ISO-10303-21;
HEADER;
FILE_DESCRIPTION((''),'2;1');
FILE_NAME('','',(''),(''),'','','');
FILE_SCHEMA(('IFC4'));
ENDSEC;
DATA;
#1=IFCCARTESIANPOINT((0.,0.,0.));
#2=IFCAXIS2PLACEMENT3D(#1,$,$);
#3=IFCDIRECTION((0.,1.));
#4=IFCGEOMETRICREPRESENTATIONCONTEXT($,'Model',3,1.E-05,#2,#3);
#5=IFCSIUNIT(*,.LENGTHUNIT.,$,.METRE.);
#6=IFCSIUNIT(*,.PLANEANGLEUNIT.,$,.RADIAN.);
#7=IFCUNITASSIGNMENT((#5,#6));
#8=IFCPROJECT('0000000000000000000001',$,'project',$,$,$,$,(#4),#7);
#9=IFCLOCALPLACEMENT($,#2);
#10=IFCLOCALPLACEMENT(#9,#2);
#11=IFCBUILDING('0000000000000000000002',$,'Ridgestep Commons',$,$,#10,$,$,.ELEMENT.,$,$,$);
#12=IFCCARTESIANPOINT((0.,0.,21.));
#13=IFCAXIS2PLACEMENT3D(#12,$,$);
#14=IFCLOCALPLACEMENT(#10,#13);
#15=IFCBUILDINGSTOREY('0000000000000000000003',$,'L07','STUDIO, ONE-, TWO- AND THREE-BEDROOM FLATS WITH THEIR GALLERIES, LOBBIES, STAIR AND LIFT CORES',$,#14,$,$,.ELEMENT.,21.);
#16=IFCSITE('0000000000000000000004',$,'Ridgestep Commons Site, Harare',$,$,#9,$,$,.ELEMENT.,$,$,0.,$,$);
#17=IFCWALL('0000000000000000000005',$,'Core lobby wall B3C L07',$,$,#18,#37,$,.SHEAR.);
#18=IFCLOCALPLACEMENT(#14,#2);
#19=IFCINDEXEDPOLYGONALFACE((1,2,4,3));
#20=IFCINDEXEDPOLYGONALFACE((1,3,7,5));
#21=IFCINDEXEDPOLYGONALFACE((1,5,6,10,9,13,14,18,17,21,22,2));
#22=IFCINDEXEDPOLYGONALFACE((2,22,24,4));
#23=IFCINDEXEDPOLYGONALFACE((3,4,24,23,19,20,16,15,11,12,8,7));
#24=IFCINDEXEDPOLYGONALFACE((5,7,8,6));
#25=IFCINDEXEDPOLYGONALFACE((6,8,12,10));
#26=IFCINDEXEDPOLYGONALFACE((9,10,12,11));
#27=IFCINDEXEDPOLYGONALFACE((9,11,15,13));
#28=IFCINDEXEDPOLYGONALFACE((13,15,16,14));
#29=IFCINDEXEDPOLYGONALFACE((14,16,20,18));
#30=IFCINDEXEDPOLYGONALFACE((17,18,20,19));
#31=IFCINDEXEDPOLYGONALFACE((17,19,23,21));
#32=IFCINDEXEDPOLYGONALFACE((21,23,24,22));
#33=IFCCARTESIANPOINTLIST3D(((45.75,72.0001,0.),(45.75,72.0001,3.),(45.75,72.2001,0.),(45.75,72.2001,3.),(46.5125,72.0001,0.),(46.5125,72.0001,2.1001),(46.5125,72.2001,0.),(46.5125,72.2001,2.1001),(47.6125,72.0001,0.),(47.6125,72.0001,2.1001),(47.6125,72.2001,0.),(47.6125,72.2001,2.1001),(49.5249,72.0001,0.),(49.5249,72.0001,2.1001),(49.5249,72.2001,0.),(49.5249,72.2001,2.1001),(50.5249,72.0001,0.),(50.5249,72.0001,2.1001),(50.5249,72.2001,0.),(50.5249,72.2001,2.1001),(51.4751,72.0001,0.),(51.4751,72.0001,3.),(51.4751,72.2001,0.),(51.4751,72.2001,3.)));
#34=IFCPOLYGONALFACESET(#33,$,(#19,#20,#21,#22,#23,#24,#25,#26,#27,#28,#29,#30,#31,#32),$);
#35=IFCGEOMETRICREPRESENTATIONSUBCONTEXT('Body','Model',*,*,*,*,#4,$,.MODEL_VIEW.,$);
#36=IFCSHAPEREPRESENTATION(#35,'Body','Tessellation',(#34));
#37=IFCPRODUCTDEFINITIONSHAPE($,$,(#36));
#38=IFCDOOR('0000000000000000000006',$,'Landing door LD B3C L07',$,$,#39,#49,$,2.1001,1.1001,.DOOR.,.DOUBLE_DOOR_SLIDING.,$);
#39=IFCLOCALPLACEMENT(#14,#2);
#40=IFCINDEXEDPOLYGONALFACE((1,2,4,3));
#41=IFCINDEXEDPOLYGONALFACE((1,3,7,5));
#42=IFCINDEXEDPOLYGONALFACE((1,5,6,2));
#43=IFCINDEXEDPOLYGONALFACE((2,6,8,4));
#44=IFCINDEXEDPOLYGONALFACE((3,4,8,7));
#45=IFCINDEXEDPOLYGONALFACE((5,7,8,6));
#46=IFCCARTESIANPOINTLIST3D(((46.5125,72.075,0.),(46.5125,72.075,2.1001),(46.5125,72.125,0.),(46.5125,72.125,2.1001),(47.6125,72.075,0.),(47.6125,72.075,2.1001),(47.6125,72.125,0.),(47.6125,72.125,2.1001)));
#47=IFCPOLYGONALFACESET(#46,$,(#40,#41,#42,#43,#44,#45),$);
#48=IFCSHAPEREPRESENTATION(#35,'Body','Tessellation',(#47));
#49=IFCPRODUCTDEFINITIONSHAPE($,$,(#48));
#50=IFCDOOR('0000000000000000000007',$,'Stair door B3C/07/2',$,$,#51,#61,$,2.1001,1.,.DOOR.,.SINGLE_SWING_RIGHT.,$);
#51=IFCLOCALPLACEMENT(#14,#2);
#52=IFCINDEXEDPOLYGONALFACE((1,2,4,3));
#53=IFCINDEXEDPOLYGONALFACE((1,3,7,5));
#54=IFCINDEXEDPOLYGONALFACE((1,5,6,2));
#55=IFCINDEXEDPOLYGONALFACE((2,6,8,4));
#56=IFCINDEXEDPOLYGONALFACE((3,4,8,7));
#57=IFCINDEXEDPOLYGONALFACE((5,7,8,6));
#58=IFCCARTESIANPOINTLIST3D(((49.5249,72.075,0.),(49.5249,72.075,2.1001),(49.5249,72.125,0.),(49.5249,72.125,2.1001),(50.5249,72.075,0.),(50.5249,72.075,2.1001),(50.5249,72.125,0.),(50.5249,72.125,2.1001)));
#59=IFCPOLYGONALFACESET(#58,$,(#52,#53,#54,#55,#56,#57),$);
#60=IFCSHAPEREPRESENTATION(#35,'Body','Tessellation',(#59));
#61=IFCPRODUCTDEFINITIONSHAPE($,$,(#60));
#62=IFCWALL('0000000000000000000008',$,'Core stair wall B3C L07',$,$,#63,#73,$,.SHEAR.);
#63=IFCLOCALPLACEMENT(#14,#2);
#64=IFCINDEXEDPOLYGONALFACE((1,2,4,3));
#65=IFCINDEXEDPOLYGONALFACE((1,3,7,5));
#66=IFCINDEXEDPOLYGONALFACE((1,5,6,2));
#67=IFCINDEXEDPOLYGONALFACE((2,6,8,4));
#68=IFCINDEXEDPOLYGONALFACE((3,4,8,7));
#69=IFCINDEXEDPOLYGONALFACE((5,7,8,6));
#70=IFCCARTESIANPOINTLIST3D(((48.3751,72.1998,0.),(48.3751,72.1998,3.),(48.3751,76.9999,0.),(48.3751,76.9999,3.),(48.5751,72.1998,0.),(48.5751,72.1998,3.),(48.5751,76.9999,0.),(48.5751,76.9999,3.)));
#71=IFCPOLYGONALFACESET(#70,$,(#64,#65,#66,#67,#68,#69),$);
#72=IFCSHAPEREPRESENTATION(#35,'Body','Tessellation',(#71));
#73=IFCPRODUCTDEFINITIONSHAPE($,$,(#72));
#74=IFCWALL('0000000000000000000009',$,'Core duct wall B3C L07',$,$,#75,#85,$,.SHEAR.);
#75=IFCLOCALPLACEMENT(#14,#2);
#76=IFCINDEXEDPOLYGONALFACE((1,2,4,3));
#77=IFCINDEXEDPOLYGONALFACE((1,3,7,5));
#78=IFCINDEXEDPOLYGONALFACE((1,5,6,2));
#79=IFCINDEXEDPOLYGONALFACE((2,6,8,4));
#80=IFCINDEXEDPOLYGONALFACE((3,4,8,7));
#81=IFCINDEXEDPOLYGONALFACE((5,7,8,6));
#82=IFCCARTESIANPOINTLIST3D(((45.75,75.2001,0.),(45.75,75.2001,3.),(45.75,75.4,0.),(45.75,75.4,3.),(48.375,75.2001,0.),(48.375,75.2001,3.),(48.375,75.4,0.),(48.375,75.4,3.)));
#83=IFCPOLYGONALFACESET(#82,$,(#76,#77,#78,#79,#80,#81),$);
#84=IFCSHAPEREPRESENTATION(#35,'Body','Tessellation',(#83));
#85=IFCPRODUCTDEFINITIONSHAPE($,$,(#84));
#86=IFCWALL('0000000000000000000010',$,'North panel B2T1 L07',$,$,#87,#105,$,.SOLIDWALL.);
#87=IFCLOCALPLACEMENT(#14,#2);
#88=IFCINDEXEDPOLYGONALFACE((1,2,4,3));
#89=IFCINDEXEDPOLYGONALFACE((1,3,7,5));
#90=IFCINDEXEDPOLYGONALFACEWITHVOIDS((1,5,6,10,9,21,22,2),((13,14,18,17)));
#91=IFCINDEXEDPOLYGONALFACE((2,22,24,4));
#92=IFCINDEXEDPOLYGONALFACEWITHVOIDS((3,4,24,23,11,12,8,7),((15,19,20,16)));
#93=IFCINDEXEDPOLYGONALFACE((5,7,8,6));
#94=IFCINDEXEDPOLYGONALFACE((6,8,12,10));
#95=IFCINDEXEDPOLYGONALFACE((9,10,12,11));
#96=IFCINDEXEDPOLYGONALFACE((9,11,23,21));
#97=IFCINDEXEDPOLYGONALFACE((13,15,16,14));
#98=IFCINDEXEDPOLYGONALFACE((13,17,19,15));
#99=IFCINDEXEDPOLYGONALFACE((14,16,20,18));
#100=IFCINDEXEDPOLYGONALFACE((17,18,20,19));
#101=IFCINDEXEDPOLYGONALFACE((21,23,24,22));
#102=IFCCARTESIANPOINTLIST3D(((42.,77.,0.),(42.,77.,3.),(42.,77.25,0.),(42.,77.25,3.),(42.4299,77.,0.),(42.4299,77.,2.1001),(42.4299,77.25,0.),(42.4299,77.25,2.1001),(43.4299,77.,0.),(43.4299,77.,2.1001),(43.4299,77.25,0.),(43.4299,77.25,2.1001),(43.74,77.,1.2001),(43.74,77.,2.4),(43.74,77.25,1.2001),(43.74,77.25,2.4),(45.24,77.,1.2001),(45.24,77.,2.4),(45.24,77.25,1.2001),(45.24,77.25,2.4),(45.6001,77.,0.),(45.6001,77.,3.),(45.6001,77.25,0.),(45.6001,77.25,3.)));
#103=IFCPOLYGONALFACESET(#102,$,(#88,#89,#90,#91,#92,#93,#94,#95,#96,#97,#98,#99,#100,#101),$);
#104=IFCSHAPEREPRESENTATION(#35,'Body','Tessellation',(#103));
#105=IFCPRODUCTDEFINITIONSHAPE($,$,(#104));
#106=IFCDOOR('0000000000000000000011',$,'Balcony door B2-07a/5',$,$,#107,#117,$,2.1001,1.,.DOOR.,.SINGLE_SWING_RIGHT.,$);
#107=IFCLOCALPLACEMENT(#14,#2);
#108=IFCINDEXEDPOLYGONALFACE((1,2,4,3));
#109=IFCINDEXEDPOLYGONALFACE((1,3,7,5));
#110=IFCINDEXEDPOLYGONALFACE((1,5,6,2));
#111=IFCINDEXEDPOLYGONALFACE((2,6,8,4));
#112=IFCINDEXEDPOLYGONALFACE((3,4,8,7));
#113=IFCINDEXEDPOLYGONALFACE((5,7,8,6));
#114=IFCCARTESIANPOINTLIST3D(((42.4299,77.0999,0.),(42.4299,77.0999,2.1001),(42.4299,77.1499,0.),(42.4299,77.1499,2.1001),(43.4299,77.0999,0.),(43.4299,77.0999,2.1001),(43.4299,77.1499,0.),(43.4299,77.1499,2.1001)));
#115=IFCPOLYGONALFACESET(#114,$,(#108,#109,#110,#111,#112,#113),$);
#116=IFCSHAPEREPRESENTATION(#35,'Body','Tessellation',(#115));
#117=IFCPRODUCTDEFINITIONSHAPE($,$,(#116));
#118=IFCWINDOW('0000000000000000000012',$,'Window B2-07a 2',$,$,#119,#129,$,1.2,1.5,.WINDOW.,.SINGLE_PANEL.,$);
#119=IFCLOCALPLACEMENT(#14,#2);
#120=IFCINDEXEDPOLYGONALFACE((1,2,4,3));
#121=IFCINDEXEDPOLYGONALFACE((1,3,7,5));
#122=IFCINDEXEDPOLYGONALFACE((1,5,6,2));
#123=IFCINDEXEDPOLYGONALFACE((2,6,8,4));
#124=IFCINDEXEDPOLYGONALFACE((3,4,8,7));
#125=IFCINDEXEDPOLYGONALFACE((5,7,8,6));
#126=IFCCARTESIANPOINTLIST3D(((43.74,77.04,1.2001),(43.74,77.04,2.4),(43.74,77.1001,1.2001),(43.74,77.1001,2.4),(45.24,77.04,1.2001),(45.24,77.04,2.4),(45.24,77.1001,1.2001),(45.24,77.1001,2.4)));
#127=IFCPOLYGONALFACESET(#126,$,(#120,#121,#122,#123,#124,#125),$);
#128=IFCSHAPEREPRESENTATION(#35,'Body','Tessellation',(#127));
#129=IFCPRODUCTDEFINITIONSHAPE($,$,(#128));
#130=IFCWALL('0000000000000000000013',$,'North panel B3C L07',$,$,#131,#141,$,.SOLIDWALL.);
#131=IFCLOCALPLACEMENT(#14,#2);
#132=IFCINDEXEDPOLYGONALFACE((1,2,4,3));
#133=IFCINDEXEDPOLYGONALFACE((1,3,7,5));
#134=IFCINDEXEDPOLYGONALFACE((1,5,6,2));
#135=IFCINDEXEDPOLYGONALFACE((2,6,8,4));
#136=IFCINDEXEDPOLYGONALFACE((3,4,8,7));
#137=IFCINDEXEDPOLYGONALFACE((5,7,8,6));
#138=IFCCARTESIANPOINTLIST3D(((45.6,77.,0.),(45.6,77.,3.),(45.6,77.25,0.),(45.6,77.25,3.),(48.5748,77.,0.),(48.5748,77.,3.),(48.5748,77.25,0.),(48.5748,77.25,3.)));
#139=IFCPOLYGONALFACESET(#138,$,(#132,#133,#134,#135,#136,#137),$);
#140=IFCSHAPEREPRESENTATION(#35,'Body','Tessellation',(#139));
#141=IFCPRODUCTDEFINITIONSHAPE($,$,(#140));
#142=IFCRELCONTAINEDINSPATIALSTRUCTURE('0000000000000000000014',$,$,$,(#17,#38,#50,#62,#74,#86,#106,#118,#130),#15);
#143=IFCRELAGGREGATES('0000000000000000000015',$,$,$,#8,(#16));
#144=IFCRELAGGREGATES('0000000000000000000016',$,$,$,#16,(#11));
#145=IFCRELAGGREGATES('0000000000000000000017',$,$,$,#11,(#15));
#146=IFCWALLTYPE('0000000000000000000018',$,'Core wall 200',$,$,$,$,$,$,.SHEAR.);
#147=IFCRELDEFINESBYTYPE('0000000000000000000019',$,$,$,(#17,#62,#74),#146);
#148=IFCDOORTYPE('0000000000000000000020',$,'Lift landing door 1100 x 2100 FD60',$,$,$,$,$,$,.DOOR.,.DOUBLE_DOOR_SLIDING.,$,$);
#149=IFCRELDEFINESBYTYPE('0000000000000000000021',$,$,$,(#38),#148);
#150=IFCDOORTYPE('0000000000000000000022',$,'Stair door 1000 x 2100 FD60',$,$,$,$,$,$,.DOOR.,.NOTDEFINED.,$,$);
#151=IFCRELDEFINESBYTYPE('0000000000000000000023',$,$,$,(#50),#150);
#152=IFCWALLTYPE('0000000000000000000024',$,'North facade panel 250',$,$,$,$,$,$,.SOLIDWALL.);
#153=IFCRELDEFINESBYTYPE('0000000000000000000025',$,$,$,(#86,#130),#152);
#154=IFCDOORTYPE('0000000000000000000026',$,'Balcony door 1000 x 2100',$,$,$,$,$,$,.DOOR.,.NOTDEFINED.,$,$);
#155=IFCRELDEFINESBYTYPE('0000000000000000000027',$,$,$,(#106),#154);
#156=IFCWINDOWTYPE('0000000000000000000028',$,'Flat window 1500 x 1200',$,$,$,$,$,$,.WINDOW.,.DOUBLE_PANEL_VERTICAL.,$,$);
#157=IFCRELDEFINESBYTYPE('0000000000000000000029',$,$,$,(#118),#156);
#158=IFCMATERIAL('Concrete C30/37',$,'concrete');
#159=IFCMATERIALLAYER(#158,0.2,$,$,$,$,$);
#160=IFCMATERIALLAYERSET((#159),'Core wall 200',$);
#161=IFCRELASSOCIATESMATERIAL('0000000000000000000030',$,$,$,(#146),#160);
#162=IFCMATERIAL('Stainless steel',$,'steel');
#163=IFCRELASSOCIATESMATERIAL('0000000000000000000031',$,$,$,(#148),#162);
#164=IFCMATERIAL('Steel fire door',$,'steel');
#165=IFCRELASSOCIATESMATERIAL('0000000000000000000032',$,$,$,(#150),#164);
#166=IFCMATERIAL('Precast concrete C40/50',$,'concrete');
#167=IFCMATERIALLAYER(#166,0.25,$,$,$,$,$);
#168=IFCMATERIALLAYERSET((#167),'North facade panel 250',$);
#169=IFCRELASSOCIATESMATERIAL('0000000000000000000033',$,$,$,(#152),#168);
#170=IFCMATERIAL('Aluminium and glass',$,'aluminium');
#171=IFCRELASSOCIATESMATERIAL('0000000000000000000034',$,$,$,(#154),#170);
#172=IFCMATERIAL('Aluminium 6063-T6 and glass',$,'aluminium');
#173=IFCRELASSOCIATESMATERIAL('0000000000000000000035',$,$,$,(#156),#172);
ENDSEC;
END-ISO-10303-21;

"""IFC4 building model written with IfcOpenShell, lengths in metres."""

from ifc_helpers import new_model, si_unit, direction, frame, frame_2d, origin, place, context, subcontext, project, spatial, rectangle, extrude, material, layer, layer_set, type_object, element, fill, save


model = new_model("IFC4")

# Units and contexts
model_context = context("Model", 3, precision=1e-05, world=origin(), true_north=direction((0.0, 1.0)))
body_context = subcontext(model_context, "Body", "Model", "MODEL_VIEW")
ifc_project = project(units=[si_unit("LENGTHUNIT", "METRE"), si_unit("PLANEANGLEUNIT", "RADIAN")], contexts=[model_context])

# Site, building, storey
site_placement = place(None, origin())
site = spatial("IfcSite", under=ifc_project, at=site_placement, Name="Ridgestep Commons Site, Harare", CompositionType="ELEMENT", RefElevation=0.0)
building_placement = place(site_placement, origin())
building = spatial("IfcBuilding", under=site, at=building_placement, Name="Ridgestep Commons", CompositionType="ELEMENT")
storey_placement = place(building_placement, frame((0.0, 0.0, 21.0)))
storey = spatial("IfcBuildingStorey", under=building, at=storey_placement, Name="L07", Description="STUDIO, ONE-, TWO- AND THREE-BEDROOM FLATS WITH THEIR GALLERIES, LOBBIES, STAIR AND LIFT CORES", CompositionType="ELEMENT", Elevation=21.0)

# Wall, openings, doors
ifc_material_1 = material(Name="Concrete C30/37", Category="concrete")
ifc_layer_1 = layer(ifc_material_1, 0.2)
ifc_layer_set_1 = layer_set([ifc_layer_1], Name="Core wall 200")
wall_type_1 = type_object("IfcWallType", Name="Core wall 200", PredefinedType="SHEAR", material=ifc_layer_set_1)
wall_1_placement = place(storey_placement, frame((45.75, 72.1001, 0.0), z_axis=(0.0, 0.0, 1.0), x_axis=(1.0, 0.0, 0.0)))
wall_1 = element("IfcWall", 1, at=wall_1_placement, inside=storey, type_object=wall_type_1, Name="Core lobby wall B3C L07", PredefinedType="SHEAR", context=body_context, shape_type="SweptSolid", body=[
    extrude(rectangle(XDim=5.7251, YDim=0.2, at=frame_2d((2.8625, 0.0))), origin(), (0.0, 0.0, 1.0), 3.0),
])
opening_1_placement = place(wall_1_placement, frame((3.7749, 0.0, 0.0)))
opening_1 = element("IfcOpeningElement", 2, at=opening_1_placement, cuts=wall_1, PredefinedType="OPENING", context=body_context, shape_type="SweptSolid", body=[
    extrude(rectangle(XDim=1.0, YDim=2.1001, at=frame_2d((0.5, 1.05))), frame((0.0, 0.1099, 0.0), z_axis=(0.0, -1.0, 0.0), x_axis=(1.0, 0.0, 0.0)), (0.0, 0.0, 1.0), 0.22),
])
opening_2_placement = place(wall_1_placement, frame((0.7625, 0.0, 0.0)))
opening_2 = element("IfcOpeningElement", 3, at=opening_2_placement, cuts=wall_1, PredefinedType="OPENING", context=body_context, shape_type="SweptSolid", body=[
    extrude(rectangle(XDim=1.1001, YDim=2.1001, at=frame_2d((0.55, 1.05))), frame((0.0, 0.1099, 0.0), z_axis=(0.0, -1.0, 0.0), x_axis=(1.0, 0.0, 0.0)), (0.0, 0.0, 1.0), 0.22),
])
ifc_material_2 = material(Name="Stainless steel", Category="steel")
door_type_1 = type_object("IfcDoorType", Name="Lift landing door 1100 x 2100 FD60", OperationType="DOUBLE_DOOR_SLIDING", PredefinedType="DOOR", material=ifc_material_2)
door_1_placement = place(opening_2_placement, origin())
door_1 = element("IfcDoor", 4, at=door_1_placement, inside=storey, type_object=door_type_1, Name="Landing door LD B3C L07", OperationType="DOUBLE_DOOR_SLIDING", OverallHeight=2.1001, OverallWidth=1.1001, PredefinedType="DOOR", context=body_context, shape_type="SweptSolid", body=[
    extrude(rectangle(XDim=1.1001, YDim=2.1001, at=frame_2d((0.55, 1.05))), frame((0.0, 0.0249, 0.0), z_axis=(0.0, -1.0, 0.0), x_axis=(1.0, 0.0, 0.0)), (0.0, 0.0, 1.0), 0.05),
])
fill(opening_2, door_1)
ifc_material_3 = material(Name="Steel fire door", Category="steel")
door_type_2 = type_object("IfcDoorType", Name="Stair door 1000 x 2100 FD60", OperationType="NOTDEFINED", PredefinedType="DOOR", material=ifc_material_3)
door_2_placement = place(opening_1_placement, origin())
door_2 = element("IfcDoor", 5, at=door_2_placement, inside=storey, type_object=door_type_2, Name="Stair door B3C/07/2", OperationType="SINGLE_SWING_RIGHT", OverallHeight=2.1001, OverallWidth=1.0, PredefinedType="DOOR", context=body_context, shape_type="SweptSolid", body=[
    extrude(rectangle(XDim=1.0, YDim=2.1001, at=frame_2d((0.5, 1.05))), frame((0.0, 0.0249, 0.0), z_axis=(0.0, -1.0, 0.0), x_axis=(1.0, 0.0, 0.0)), (0.0, 0.0, 1.0), 0.05),
])
fill(opening_1, door_2)

# Walls
wall_2_placement = place(storey_placement, frame((48.4751, 72.2, 0.0), z_axis=(0.0, 0.0, 1.0), x_axis=(0.0, 1.0, 0.0)))
element("IfcWall", 6, at=wall_2_placement, inside=storey, type_object=wall_type_1, Name="Core stair wall B3C L07", PredefinedType="SHEAR", context=body_context, shape_type="SweptSolid", body=[
    extrude(rectangle(XDim=4.8, YDim=0.2, at=frame_2d((2.3999, 0.0))), origin(), (0.0, 0.0, 1.0), 3.0),
])
wall_3_placement = place(storey_placement, frame((45.75, 75.3, 0.0), z_axis=(0.0, 0.0, 1.0), x_axis=(1.0, 0.0, 0.0)))
element("IfcWall", 7, at=wall_3_placement, inside=storey, type_object=wall_type_1, Name="Core duct wall B3C L07", PredefinedType="SHEAR", context=body_context, shape_type="SweptSolid", body=[
    extrude(rectangle(XDim=2.625, YDim=0.2, at=frame_2d((1.3125, 0.0))), origin(), (0.0, 0.0, 1.0), 3.0),
])

# Wall, openings, door, window
ifc_material_4 = material(Name="Precast concrete C40/50", Category="concrete")
ifc_layer_2 = layer(ifc_material_4, 0.25)
ifc_layer_set_2 = layer_set([ifc_layer_2], Name="North facade panel 250")
wall_type_2 = type_object("IfcWallType", Name="North facade panel 250", PredefinedType="SOLIDWALL", material=ifc_layer_set_2)
wall_4_placement = place(storey_placement, frame((42.0, 77.125, 0.0), z_axis=(0.0, 0.0, 1.0), x_axis=(1.0, 0.0, 0.0)))
wall_4 = element("IfcWall", 8, at=wall_4_placement, inside=storey, type_object=wall_type_2, Name="North panel B2T1 L07", PredefinedType="SOLIDWALL", context=body_context, shape_type="SweptSolid", body=[
    extrude(rectangle(XDim=3.6001, YDim=0.25, at=frame_2d((1.8, 0.0))), origin(), (0.0, 0.0, 1.0), 3.0),
])
opening_3_placement = place(wall_4_placement, frame((1.74, 0.0, 1.2)))
opening_3 = element("IfcOpeningElement", 9, at=opening_3_placement, cuts=wall_4, PredefinedType="OPENING", context=body_context, shape_type="SweptSolid", body=[
    extrude(rectangle(XDim=1.5, YDim=1.2, at=frame_2d((0.75, 0.6001))), frame((0.0, 0.135, 0.0), z_axis=(0.0, -1.0, 0.0), x_axis=(1.0, 0.0, 0.0)), (0.0, 0.0, 1.0), 0.27),
])
opening_4_placement = place(wall_4_placement, frame((0.4299, 0.0, 0.0)))
opening_4 = element("IfcOpeningElement", 10, at=opening_4_placement, cuts=wall_4, PredefinedType="OPENING", context=body_context, shape_type="SweptSolid", body=[
    extrude(rectangle(XDim=1.0, YDim=2.1001, at=frame_2d((0.5, 1.05))), frame((0.0, 0.135, 0.0), z_axis=(0.0, -1.0, 0.0), x_axis=(1.0, 0.0, 0.0)), (0.0, 0.0, 1.0), 0.27),
])
ifc_material_5 = material(Name="Aluminium and glass", Category="aluminium")
door_type_3 = type_object("IfcDoorType", Name="Balcony door 1000 x 2100", OperationType="NOTDEFINED", PredefinedType="DOOR", material=ifc_material_5)
door_3_placement = place(opening_4_placement, origin())
door_3 = element("IfcDoor", 11, at=door_3_placement, inside=storey, type_object=door_type_3, Name="Balcony door B2-07a/5", OperationType="SINGLE_SWING_RIGHT", OverallHeight=2.1001, OverallWidth=1.0, PredefinedType="DOOR", context=body_context, shape_type="SweptSolid", body=[
    extrude(rectangle(XDim=1.0, YDim=2.1001, at=frame_2d((0.5, 1.05))), frame((0.0, 0.0249, 0.0), z_axis=(0.0, -1.0, 0.0), x_axis=(1.0, 0.0, 0.0)), (0.0, 0.0, 1.0), 0.05),
])
fill(opening_4, door_3)
ifc_material_6 = material(Name="Aluminium 6063-T6 and glass", Category="aluminium")
window_type = type_object("IfcWindowType", Name="Flat window 1500 x 1200", PartitioningType="DOUBLE_PANEL_VERTICAL", PredefinedType="WINDOW", material=ifc_material_6)
window_placement = place(opening_3_placement, origin())
window = element("IfcWindow", 12, at=window_placement, inside=storey, type_object=window_type, Name="Window B2-07a 2", OverallHeight=1.2, OverallWidth=1.5, PartitioningType="SINGLE_PANEL", PredefinedType="WINDOW", context=body_context, shape_type="SweptSolid", body=[
    extrude(rectangle(XDim=1.5, YDim=1.2, at=frame_2d((0.75, 0.6001))), frame((0.0, -0.0249, 0.0), z_axis=(0.0, -1.0, 0.0), x_axis=(1.0, 0.0, 0.0)), (0.0, 0.0, 1.0), 0.0601),
])
fill(opening_3, window)

# Wall
wall_5_placement = place(storey_placement, frame((45.6001, 77.125, 0.0), z_axis=(0.0, 0.0, 1.0), x_axis=(1.0, 0.0, 0.0)))
element("IfcWall", 13, at=wall_5_placement, inside=storey, type_object=wall_type_2, Name="North panel B3C L07", PredefinedType="SOLIDWALL", context=body_context, shape_type="SweptSolid", body=[
    extrude(rectangle(XDim=2.9749, YDim=0.25, at=frame_2d((1.4873, 0.0))), origin(), (0.0, 0.0, 1.0), 3.0),
])

save(model, "model.ifc")
